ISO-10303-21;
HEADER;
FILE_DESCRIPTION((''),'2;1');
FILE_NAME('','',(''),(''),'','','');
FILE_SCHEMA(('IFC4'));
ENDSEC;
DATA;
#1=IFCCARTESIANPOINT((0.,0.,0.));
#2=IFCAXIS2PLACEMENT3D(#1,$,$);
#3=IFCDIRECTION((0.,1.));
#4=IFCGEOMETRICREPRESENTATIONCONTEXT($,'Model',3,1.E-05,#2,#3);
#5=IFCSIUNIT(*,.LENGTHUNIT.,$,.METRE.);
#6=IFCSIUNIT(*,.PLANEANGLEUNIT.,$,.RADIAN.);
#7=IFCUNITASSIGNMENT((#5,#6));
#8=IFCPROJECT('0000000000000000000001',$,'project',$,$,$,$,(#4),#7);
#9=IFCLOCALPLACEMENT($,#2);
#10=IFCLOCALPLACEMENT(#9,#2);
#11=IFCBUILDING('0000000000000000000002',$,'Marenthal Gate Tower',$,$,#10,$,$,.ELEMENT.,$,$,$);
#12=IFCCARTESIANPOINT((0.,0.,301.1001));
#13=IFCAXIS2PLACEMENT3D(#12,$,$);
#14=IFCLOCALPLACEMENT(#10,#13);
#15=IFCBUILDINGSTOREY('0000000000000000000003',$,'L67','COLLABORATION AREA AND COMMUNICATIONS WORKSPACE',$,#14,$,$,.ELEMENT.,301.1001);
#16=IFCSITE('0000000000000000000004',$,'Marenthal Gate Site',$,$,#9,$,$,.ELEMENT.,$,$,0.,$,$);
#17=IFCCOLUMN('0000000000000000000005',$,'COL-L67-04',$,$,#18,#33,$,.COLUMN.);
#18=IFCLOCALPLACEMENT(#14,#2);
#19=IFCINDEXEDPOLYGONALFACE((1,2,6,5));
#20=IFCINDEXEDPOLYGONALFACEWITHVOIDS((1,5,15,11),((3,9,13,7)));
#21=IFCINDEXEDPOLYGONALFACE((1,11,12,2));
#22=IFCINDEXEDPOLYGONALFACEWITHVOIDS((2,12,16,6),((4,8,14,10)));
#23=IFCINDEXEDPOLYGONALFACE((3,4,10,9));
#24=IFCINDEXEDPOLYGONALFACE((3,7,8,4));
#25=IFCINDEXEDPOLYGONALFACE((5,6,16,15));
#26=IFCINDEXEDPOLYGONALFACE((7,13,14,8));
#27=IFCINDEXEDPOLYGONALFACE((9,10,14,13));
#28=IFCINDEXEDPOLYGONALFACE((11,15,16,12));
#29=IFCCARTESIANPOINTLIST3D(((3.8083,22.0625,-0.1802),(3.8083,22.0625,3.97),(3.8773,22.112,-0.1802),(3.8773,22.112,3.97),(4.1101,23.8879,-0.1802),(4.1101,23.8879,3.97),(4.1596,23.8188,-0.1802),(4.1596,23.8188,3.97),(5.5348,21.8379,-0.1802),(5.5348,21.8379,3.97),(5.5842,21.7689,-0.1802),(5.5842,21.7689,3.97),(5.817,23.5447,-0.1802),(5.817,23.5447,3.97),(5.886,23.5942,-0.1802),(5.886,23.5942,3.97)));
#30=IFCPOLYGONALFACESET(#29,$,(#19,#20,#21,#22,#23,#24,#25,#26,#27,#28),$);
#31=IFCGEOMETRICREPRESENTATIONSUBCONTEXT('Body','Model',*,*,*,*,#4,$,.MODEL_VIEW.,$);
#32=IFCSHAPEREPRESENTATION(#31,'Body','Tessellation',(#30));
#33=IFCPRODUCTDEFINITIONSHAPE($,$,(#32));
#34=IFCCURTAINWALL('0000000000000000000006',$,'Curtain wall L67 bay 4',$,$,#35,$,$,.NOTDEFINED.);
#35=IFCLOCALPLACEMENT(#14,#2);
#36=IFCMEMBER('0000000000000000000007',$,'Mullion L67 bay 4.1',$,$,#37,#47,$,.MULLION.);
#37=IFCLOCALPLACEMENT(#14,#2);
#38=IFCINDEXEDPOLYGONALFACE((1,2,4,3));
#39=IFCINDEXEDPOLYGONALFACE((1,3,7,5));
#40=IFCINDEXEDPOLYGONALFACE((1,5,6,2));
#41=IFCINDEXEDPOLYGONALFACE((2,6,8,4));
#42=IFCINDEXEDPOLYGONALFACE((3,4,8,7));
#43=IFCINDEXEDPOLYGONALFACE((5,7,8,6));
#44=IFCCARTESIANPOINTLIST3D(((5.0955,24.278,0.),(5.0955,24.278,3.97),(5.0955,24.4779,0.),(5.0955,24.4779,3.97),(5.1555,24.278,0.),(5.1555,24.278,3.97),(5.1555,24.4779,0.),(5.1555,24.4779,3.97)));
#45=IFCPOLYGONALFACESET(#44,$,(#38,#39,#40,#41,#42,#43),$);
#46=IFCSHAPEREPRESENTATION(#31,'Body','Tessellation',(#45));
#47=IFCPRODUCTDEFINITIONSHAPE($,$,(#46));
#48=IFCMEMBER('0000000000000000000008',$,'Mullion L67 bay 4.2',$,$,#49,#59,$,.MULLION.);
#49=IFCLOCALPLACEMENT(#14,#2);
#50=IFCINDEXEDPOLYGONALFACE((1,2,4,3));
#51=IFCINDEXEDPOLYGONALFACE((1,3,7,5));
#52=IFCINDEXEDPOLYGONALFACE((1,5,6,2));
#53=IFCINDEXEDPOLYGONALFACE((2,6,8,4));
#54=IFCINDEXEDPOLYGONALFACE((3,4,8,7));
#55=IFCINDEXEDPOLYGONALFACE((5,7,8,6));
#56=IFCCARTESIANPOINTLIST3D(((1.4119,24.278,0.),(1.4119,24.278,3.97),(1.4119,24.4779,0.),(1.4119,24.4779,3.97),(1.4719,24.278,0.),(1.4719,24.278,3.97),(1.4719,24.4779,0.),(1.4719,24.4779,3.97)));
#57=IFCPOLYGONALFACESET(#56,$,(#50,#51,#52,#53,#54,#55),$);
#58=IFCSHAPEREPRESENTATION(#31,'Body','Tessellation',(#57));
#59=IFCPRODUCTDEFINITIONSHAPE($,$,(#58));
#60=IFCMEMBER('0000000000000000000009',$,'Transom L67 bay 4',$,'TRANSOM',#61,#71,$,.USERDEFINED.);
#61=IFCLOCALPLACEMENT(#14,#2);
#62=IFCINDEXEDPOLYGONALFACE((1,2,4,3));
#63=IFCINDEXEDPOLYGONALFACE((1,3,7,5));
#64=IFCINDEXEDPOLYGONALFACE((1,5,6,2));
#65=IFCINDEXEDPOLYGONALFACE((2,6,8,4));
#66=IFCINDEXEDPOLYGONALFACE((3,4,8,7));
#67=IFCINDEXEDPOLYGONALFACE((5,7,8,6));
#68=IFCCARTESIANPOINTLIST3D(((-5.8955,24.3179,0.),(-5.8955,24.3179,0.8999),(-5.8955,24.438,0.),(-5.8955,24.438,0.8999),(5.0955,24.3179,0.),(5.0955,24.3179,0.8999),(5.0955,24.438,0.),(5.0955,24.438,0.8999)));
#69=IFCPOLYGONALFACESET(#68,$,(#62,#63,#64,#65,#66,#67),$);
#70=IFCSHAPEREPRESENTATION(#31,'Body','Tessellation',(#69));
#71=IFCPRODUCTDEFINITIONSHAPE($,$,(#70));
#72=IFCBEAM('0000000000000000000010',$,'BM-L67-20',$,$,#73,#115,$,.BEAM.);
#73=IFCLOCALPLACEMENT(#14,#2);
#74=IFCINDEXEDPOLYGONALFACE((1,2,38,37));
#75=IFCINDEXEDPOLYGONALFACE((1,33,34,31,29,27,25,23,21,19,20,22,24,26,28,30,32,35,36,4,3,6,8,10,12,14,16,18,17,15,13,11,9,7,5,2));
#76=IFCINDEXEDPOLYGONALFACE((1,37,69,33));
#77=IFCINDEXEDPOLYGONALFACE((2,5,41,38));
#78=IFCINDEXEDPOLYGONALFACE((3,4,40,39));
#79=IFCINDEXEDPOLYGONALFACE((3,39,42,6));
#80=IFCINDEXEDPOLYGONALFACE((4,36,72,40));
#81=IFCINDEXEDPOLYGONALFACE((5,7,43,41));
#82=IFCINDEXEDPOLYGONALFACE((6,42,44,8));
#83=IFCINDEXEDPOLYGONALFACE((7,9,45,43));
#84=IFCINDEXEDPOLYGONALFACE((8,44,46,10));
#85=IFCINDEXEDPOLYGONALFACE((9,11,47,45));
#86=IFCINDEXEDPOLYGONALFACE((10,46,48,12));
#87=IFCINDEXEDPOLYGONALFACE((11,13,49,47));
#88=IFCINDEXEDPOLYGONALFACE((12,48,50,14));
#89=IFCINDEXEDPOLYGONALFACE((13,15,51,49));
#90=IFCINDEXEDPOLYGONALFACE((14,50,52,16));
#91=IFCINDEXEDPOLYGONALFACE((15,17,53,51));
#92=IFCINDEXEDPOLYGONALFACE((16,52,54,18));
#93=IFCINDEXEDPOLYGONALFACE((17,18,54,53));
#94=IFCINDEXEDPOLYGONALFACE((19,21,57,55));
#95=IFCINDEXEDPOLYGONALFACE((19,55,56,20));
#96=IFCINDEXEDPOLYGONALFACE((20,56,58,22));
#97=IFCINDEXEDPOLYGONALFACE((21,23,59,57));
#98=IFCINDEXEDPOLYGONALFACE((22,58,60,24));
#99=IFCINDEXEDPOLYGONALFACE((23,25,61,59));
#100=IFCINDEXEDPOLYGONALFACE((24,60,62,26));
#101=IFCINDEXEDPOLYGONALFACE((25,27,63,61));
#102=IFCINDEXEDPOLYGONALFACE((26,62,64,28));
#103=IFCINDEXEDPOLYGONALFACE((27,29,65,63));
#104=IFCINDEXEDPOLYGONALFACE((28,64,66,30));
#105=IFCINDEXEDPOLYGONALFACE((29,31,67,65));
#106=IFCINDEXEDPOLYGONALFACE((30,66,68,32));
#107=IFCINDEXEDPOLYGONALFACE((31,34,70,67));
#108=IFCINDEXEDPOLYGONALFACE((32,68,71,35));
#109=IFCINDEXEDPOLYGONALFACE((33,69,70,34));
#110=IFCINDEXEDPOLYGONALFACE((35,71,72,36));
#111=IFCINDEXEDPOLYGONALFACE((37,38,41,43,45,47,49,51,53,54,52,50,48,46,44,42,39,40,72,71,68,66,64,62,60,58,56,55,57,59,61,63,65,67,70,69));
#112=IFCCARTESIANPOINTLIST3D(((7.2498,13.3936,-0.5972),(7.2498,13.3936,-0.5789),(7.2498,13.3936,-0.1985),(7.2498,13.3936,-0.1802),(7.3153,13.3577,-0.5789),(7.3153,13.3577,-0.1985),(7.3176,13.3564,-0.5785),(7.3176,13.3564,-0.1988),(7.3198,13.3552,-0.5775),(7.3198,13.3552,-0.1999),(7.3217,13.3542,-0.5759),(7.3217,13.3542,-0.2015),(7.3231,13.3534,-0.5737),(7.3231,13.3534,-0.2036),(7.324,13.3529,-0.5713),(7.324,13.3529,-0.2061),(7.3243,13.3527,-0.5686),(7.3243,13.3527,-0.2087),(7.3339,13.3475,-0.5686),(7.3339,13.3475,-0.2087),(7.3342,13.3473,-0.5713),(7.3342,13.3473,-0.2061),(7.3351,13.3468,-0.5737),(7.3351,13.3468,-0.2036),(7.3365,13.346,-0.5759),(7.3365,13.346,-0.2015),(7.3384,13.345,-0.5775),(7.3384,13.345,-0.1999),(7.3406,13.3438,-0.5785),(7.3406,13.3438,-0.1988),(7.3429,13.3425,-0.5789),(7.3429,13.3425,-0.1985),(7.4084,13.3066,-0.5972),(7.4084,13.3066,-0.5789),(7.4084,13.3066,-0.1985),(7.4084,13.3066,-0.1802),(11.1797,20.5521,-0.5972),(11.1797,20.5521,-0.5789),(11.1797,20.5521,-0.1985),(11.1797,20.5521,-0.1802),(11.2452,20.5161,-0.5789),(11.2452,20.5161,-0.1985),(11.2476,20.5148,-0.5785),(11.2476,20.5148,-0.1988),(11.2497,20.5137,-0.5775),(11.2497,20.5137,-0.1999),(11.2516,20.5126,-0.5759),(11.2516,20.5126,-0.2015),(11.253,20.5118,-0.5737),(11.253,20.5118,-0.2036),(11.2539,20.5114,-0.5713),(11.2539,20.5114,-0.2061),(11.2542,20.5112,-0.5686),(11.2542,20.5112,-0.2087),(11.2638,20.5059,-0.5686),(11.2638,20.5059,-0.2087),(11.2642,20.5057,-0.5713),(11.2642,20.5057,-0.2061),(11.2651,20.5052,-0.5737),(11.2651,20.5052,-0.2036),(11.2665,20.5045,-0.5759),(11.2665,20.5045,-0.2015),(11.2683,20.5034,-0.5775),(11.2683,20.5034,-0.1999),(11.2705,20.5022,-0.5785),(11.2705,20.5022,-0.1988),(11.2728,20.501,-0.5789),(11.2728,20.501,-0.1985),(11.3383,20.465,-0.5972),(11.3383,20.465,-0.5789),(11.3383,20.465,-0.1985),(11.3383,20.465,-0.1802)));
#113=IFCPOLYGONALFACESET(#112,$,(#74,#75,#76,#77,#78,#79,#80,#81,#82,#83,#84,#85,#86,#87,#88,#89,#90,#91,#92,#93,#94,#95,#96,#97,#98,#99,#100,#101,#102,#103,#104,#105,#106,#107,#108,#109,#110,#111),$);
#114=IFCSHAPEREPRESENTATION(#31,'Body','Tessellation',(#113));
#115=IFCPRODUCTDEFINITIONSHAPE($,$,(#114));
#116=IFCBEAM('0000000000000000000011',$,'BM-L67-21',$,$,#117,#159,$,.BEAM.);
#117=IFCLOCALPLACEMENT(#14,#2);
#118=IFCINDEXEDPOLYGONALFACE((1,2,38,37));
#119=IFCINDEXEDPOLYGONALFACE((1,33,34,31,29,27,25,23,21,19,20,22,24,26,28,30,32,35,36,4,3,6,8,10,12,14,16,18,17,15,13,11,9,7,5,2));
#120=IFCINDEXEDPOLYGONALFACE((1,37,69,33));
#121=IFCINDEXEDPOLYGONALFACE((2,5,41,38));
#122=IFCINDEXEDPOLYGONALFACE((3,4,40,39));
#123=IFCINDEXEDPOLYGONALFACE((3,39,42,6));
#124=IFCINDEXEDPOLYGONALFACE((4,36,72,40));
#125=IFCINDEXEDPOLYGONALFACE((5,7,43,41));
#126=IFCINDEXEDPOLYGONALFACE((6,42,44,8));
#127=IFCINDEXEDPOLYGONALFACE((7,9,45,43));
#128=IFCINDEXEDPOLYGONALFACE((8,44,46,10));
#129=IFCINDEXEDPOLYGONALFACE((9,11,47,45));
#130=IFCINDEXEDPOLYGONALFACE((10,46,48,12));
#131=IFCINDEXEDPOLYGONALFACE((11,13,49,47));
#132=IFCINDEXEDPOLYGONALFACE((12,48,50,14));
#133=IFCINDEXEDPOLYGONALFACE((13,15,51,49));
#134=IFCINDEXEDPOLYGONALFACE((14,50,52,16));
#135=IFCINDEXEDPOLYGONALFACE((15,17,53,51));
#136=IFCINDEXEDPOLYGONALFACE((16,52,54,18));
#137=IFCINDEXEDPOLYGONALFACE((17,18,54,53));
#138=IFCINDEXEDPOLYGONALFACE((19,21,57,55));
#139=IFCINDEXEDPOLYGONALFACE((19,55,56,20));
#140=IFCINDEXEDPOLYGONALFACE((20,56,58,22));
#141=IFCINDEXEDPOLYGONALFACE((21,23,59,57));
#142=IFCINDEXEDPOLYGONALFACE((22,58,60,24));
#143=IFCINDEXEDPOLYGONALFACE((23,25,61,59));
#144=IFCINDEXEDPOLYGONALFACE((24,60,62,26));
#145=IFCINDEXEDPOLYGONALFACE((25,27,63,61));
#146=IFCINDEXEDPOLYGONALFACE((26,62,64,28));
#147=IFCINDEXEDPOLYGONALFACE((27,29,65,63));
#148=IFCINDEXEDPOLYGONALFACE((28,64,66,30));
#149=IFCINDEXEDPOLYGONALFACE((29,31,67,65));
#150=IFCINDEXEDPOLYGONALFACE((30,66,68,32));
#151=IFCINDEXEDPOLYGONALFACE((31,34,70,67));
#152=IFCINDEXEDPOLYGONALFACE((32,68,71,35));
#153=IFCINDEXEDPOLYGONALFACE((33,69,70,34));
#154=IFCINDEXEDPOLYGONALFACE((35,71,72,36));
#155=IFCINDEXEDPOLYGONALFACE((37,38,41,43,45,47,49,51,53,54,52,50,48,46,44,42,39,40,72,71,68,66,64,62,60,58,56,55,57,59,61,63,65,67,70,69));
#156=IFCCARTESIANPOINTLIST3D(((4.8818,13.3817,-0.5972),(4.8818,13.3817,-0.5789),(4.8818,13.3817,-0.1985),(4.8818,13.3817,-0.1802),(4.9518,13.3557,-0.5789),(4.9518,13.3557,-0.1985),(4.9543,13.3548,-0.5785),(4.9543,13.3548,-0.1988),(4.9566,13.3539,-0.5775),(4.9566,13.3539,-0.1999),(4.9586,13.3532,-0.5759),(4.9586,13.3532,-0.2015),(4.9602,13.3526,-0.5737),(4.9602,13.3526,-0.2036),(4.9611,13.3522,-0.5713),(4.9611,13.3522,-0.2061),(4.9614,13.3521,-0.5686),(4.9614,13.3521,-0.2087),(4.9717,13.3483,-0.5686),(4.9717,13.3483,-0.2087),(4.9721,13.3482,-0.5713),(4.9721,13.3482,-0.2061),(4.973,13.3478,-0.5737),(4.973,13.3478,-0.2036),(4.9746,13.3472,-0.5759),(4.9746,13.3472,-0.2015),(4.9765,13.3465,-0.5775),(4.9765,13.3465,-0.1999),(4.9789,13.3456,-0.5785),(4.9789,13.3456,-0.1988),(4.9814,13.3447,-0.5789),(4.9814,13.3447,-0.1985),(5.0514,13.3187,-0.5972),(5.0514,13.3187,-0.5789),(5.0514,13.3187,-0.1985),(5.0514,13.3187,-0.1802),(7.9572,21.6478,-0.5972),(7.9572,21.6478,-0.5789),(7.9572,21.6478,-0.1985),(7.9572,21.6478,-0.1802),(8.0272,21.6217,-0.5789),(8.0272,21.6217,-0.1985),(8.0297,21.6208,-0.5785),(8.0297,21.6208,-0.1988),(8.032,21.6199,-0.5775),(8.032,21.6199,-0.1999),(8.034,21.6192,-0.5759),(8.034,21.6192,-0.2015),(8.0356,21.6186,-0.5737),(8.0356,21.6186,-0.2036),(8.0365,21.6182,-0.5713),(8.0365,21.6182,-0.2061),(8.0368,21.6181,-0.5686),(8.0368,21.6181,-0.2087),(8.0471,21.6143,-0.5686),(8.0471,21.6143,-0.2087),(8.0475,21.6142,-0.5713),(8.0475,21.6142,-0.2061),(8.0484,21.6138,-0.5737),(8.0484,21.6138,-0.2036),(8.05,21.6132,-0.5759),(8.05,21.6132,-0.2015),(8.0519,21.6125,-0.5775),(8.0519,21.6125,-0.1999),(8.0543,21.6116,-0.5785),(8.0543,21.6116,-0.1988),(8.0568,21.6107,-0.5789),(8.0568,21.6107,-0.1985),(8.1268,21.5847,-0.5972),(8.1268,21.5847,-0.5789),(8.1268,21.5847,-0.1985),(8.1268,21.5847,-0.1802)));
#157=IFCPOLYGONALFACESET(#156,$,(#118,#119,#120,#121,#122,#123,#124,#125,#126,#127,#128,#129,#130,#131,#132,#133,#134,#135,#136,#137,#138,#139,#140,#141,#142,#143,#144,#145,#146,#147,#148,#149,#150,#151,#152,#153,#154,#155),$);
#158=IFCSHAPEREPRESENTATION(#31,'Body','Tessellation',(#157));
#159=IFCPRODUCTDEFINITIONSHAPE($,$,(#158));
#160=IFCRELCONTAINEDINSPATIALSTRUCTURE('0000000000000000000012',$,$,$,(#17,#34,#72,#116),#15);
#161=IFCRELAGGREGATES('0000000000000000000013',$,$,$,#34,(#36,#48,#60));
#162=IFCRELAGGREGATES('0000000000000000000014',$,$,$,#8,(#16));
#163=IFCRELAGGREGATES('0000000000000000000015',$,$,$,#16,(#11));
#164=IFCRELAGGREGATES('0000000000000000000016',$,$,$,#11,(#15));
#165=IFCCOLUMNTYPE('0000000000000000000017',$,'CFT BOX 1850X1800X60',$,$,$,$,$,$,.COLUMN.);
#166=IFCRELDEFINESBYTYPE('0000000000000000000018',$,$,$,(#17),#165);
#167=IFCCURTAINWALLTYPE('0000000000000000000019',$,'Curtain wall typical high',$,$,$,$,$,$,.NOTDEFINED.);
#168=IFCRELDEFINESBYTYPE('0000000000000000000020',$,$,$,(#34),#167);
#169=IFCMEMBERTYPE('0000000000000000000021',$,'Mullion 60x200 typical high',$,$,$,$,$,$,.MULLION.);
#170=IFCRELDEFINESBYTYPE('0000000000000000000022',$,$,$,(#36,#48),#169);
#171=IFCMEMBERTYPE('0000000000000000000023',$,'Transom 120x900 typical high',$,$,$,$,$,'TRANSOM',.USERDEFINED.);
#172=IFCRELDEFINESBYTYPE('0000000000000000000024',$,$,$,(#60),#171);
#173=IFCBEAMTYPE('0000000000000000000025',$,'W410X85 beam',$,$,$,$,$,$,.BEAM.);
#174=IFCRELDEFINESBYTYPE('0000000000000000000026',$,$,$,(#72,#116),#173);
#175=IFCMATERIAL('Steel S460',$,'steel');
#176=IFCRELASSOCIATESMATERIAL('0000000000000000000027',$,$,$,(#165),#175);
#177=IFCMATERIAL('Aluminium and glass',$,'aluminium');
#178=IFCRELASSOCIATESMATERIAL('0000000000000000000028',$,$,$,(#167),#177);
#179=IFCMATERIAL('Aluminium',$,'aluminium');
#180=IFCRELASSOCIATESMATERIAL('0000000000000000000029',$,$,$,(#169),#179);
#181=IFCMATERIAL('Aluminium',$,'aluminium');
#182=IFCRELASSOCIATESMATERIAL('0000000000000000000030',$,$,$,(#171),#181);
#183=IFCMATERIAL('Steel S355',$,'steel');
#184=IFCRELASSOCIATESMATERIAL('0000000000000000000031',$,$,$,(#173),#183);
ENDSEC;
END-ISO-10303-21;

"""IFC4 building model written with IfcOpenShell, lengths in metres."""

from ifc_helpers import new_model, si_unit, direction, frame, origin, origin_2d, place, context, subcontext, project, spatial, rectangle, hollow_rectangle, i_section, extrude, material, material_profile, profile_set, type_object, element, aggregate, save


model = new_model("IFC4")

# Units and contexts
model_context = context("Model", 3, precision=1e-05, world=origin(), true_north=direction((0.0, 1.0)))
body_context = subcontext(model_context, "Body", "Model", "MODEL_VIEW")
ifc_project = project(units=[si_unit("LENGTHUNIT", "METRE"), si_unit("PLANEANGLEUNIT", "RADIAN")], contexts=[model_context])

# Site, building, storey
site_placement = place(None, origin())
site = spatial("IfcSite", under=ifc_project, at=site_placement, Name="Marenthal Gate Site", CompositionType="ELEMENT", RefElevation=0.0)
building_placement = place(site_placement, origin())
building = spatial("IfcBuilding", under=site, at=building_placement, Name="Marenthal Gate Tower", CompositionType="ELEMENT")
storey_placement = place(building_placement, frame((0.0, 0.0, 301.1001)))
storey = spatial("IfcBuildingStorey", under=building, at=storey_placement, Name="L67", Description="COLLABORATION AREA AND COMMUNICATIONS WORKSPACE", CompositionType="ELEMENT", Elevation=301.1001)

# Column
ifc_material_1 = material(Name="Steel S460", Category="steel")
ifc_material_profile_1 = material_profile(ifc_material_1, hollow_rectangle(XDim=1.8, YDim=1.8501, WallThickness=0.0601, at=origin_2d()), Name="CFT BOX 1850X1800X60")
ifc_material_2 = material(Name="Concrete 70 MPa", Category="concrete")
ifc_material_profile_2 = material_profile(ifc_material_2, rectangle(XDim=1.6799, YDim=1.73, at=origin_2d()), Name="CFT BOX 1850X1800X60 INFILL")
ifc_profile_set_1 = profile_set([ifc_material_profile_1, ifc_material_profile_2], Name="Steel S460 shell, Concrete 70 MPa infill")
column_type = type_object("IfcColumnType", Name="CFT BOX 1850X1800X60", PredefinedType="COLUMN", material=ifc_profile_set_1)
column_placement = place(storey_placement, frame((4.8472, 22.8284, -0.1802), z_axis=(0.0, 0.0, 1.0), x_axis=(0.986603, -0.163137, 0.0)))
element("IfcColumn", 1, at=column_placement, inside=storey, type_object=column_type, Name="COL-L67-04", PredefinedType="COLUMN", context=body_context, shape_type="SweptSolid", body=[
    extrude(hollow_rectangle(XDim=1.8, YDim=1.8501, WallThickness=0.0601, at=origin_2d()), origin(), (0.0, 0.0, 1.0), 4.1501),
])

# Curtain wall, members
ifc_material_3 = material(Name="Aluminium and glass", Category="aluminium")
curtain_wall_type = type_object("IfcCurtainWallType", Name="Curtain wall typical high", PredefinedType="NOTDEFINED", material=ifc_material_3)
curtain_wall_placement = place(storey_placement, origin())
curtain_wall = element("IfcCurtainWall", 2, at=curtain_wall_placement, inside=storey, type_object=curtain_wall_type, Name="Curtain wall L67 bay 4", PredefinedType="NOTDEFINED")
ifc_material_4 = material(Name="Aluminium", Category="aluminium")
ifc_material_profile_3 = material_profile(ifc_material_4, rectangle(XDim=0.2, YDim=0.0601, at=origin_2d()), Name="60x200 aluminium mullion")
ifc_profile_set_2 = profile_set([ifc_material_profile_3], Name="Aluminium")
member_type_1 = type_object("IfcMemberType", Name="Mullion 60x200 typical high", PredefinedType="MULLION", material=ifc_profile_set_2)
member_1_placement = place(storey_placement, frame((5.1255, 24.3779, 0.0), z_axis=(0.0, 0.0, 1.0), x_axis=(0.0, -1.0, 0.0)))
member_1 = element("IfcMember", 3, at=member_1_placement, type_object=member_type_1, Name="Mullion L67 bay 4.1", PredefinedType="MULLION", context=body_context, shape_type="SweptSolid", body=[
    extrude(rectangle(XDim=0.2, YDim=0.0601, at=origin_2d()), origin(), (0.0, 0.0, 1.0), 3.97),
])
member_2_placement = place(storey_placement, frame((1.4419, 24.3779, 0.0), z_axis=(0.0, 0.0, 1.0), x_axis=(0.0, -1.0, 0.0)))
member_2 = element("IfcMember", 4, at=member_2_placement, type_object=member_type_1, Name="Mullion L67 bay 4.2", PredefinedType="MULLION", context=body_context, shape_type="SweptSolid", body=[
    extrude(rectangle(XDim=0.2, YDim=0.0601, at=origin_2d()), origin(), (0.0, 0.0, 1.0), 3.97),
])
ifc_material_5 = material(Name="Aluminium", Category="aluminium")
ifc_material_profile_4 = material_profile(ifc_material_5, rectangle(XDim=0.1201, YDim=0.8999, at=origin_2d()), Name="120x900 aluminium transom")
ifc_profile_set_3 = profile_set([ifc_material_profile_4], Name="Aluminium")
member_type_2 = type_object("IfcMemberType", Name="Transom 120x900 typical high", ElementType="TRANSOM", PredefinedType="USERDEFINED", material=ifc_profile_set_3)
member_3_placement = place(storey_placement, frame((5.0955, 24.3779, 0.45), z_axis=(-1.0, 0.0, 0.0), x_axis=(0.0, -1.0, 0.0)))
member_3 = element("IfcMember", 5, at=member_3_placement, type_object=member_type_2, Name="Transom L67 bay 4", ObjectType="TRANSOM", PredefinedType="USERDEFINED", context=body_context, shape_type="SweptSolid", body=[
    extrude(rectangle(XDim=0.1201, YDim=0.8999, at=origin_2d()), origin(), (0.0, 0.0, 1.0), 10.991),
])

# Beams
ifc_material_6 = material(Name="Steel S355", Category="steel")
ifc_material_profile_5 = material_profile(ifc_material_6, i_section(OverallWidth=0.1809, OverallDepth=0.417, WebThickness=0.011, FlangeThickness=0.0183, FilletRadius=0.0103, at=origin_2d()), Name="W410X85")
ifc_profile_set_4 = profile_set([ifc_material_profile_5], Name="Steel S355")
beam_type_1 = type_object("IfcBeamType", Name="W410X85 beam", PredefinedType="BEAM", material=ifc_profile_set_4)
beam_1_placement = place(storey_placement, frame((11.259, 20.5085, -0.3887), z_axis=(-0.48124, -0.876589, 0.0), x_axis=(0.876589, -0.48124, 0.0)))
element("IfcBeam", 6, at=beam_1_placement, inside=storey, type_object=beam_type_1, Name="BM-L67-20", PredefinedType="BEAM", context=body_context, shape_type="SweptSolid", body=[
    extrude(i_section(OverallWidth=0.1809, OverallDepth=0.417, WebThickness=0.011, FlangeThickness=0.0183, FilletRadius=0.0103, at=origin_2d()), origin(), (0.0, 0.0, 1.0), 8.1663),
])
beam_2_placement = place(storey_placement, frame((8.042, 21.6162, -0.3887), z_axis=(-0.348701, -0.937234, 0.0), x_axis=(0.937234, -0.348701, 0.0)))
element("IfcBeam", 7, at=beam_2_placement, inside=storey, type_object=beam_type_1, Name="BM-L67-21", PredefinedType="BEAM", context=body_context, shape_type="SweptSolid", body=[
    extrude(i_section(OverallWidth=0.1809, OverallDepth=0.417, WebThickness=0.011, FlangeThickness=0.0183, FilletRadius=0.0103, at=origin_2d()), origin(), (0.0, 0.0, 1.0), 8.8196),
])

aggregate(curtain_wall, [member_1, member_2, member_3])

save(model, "model.ifc")
